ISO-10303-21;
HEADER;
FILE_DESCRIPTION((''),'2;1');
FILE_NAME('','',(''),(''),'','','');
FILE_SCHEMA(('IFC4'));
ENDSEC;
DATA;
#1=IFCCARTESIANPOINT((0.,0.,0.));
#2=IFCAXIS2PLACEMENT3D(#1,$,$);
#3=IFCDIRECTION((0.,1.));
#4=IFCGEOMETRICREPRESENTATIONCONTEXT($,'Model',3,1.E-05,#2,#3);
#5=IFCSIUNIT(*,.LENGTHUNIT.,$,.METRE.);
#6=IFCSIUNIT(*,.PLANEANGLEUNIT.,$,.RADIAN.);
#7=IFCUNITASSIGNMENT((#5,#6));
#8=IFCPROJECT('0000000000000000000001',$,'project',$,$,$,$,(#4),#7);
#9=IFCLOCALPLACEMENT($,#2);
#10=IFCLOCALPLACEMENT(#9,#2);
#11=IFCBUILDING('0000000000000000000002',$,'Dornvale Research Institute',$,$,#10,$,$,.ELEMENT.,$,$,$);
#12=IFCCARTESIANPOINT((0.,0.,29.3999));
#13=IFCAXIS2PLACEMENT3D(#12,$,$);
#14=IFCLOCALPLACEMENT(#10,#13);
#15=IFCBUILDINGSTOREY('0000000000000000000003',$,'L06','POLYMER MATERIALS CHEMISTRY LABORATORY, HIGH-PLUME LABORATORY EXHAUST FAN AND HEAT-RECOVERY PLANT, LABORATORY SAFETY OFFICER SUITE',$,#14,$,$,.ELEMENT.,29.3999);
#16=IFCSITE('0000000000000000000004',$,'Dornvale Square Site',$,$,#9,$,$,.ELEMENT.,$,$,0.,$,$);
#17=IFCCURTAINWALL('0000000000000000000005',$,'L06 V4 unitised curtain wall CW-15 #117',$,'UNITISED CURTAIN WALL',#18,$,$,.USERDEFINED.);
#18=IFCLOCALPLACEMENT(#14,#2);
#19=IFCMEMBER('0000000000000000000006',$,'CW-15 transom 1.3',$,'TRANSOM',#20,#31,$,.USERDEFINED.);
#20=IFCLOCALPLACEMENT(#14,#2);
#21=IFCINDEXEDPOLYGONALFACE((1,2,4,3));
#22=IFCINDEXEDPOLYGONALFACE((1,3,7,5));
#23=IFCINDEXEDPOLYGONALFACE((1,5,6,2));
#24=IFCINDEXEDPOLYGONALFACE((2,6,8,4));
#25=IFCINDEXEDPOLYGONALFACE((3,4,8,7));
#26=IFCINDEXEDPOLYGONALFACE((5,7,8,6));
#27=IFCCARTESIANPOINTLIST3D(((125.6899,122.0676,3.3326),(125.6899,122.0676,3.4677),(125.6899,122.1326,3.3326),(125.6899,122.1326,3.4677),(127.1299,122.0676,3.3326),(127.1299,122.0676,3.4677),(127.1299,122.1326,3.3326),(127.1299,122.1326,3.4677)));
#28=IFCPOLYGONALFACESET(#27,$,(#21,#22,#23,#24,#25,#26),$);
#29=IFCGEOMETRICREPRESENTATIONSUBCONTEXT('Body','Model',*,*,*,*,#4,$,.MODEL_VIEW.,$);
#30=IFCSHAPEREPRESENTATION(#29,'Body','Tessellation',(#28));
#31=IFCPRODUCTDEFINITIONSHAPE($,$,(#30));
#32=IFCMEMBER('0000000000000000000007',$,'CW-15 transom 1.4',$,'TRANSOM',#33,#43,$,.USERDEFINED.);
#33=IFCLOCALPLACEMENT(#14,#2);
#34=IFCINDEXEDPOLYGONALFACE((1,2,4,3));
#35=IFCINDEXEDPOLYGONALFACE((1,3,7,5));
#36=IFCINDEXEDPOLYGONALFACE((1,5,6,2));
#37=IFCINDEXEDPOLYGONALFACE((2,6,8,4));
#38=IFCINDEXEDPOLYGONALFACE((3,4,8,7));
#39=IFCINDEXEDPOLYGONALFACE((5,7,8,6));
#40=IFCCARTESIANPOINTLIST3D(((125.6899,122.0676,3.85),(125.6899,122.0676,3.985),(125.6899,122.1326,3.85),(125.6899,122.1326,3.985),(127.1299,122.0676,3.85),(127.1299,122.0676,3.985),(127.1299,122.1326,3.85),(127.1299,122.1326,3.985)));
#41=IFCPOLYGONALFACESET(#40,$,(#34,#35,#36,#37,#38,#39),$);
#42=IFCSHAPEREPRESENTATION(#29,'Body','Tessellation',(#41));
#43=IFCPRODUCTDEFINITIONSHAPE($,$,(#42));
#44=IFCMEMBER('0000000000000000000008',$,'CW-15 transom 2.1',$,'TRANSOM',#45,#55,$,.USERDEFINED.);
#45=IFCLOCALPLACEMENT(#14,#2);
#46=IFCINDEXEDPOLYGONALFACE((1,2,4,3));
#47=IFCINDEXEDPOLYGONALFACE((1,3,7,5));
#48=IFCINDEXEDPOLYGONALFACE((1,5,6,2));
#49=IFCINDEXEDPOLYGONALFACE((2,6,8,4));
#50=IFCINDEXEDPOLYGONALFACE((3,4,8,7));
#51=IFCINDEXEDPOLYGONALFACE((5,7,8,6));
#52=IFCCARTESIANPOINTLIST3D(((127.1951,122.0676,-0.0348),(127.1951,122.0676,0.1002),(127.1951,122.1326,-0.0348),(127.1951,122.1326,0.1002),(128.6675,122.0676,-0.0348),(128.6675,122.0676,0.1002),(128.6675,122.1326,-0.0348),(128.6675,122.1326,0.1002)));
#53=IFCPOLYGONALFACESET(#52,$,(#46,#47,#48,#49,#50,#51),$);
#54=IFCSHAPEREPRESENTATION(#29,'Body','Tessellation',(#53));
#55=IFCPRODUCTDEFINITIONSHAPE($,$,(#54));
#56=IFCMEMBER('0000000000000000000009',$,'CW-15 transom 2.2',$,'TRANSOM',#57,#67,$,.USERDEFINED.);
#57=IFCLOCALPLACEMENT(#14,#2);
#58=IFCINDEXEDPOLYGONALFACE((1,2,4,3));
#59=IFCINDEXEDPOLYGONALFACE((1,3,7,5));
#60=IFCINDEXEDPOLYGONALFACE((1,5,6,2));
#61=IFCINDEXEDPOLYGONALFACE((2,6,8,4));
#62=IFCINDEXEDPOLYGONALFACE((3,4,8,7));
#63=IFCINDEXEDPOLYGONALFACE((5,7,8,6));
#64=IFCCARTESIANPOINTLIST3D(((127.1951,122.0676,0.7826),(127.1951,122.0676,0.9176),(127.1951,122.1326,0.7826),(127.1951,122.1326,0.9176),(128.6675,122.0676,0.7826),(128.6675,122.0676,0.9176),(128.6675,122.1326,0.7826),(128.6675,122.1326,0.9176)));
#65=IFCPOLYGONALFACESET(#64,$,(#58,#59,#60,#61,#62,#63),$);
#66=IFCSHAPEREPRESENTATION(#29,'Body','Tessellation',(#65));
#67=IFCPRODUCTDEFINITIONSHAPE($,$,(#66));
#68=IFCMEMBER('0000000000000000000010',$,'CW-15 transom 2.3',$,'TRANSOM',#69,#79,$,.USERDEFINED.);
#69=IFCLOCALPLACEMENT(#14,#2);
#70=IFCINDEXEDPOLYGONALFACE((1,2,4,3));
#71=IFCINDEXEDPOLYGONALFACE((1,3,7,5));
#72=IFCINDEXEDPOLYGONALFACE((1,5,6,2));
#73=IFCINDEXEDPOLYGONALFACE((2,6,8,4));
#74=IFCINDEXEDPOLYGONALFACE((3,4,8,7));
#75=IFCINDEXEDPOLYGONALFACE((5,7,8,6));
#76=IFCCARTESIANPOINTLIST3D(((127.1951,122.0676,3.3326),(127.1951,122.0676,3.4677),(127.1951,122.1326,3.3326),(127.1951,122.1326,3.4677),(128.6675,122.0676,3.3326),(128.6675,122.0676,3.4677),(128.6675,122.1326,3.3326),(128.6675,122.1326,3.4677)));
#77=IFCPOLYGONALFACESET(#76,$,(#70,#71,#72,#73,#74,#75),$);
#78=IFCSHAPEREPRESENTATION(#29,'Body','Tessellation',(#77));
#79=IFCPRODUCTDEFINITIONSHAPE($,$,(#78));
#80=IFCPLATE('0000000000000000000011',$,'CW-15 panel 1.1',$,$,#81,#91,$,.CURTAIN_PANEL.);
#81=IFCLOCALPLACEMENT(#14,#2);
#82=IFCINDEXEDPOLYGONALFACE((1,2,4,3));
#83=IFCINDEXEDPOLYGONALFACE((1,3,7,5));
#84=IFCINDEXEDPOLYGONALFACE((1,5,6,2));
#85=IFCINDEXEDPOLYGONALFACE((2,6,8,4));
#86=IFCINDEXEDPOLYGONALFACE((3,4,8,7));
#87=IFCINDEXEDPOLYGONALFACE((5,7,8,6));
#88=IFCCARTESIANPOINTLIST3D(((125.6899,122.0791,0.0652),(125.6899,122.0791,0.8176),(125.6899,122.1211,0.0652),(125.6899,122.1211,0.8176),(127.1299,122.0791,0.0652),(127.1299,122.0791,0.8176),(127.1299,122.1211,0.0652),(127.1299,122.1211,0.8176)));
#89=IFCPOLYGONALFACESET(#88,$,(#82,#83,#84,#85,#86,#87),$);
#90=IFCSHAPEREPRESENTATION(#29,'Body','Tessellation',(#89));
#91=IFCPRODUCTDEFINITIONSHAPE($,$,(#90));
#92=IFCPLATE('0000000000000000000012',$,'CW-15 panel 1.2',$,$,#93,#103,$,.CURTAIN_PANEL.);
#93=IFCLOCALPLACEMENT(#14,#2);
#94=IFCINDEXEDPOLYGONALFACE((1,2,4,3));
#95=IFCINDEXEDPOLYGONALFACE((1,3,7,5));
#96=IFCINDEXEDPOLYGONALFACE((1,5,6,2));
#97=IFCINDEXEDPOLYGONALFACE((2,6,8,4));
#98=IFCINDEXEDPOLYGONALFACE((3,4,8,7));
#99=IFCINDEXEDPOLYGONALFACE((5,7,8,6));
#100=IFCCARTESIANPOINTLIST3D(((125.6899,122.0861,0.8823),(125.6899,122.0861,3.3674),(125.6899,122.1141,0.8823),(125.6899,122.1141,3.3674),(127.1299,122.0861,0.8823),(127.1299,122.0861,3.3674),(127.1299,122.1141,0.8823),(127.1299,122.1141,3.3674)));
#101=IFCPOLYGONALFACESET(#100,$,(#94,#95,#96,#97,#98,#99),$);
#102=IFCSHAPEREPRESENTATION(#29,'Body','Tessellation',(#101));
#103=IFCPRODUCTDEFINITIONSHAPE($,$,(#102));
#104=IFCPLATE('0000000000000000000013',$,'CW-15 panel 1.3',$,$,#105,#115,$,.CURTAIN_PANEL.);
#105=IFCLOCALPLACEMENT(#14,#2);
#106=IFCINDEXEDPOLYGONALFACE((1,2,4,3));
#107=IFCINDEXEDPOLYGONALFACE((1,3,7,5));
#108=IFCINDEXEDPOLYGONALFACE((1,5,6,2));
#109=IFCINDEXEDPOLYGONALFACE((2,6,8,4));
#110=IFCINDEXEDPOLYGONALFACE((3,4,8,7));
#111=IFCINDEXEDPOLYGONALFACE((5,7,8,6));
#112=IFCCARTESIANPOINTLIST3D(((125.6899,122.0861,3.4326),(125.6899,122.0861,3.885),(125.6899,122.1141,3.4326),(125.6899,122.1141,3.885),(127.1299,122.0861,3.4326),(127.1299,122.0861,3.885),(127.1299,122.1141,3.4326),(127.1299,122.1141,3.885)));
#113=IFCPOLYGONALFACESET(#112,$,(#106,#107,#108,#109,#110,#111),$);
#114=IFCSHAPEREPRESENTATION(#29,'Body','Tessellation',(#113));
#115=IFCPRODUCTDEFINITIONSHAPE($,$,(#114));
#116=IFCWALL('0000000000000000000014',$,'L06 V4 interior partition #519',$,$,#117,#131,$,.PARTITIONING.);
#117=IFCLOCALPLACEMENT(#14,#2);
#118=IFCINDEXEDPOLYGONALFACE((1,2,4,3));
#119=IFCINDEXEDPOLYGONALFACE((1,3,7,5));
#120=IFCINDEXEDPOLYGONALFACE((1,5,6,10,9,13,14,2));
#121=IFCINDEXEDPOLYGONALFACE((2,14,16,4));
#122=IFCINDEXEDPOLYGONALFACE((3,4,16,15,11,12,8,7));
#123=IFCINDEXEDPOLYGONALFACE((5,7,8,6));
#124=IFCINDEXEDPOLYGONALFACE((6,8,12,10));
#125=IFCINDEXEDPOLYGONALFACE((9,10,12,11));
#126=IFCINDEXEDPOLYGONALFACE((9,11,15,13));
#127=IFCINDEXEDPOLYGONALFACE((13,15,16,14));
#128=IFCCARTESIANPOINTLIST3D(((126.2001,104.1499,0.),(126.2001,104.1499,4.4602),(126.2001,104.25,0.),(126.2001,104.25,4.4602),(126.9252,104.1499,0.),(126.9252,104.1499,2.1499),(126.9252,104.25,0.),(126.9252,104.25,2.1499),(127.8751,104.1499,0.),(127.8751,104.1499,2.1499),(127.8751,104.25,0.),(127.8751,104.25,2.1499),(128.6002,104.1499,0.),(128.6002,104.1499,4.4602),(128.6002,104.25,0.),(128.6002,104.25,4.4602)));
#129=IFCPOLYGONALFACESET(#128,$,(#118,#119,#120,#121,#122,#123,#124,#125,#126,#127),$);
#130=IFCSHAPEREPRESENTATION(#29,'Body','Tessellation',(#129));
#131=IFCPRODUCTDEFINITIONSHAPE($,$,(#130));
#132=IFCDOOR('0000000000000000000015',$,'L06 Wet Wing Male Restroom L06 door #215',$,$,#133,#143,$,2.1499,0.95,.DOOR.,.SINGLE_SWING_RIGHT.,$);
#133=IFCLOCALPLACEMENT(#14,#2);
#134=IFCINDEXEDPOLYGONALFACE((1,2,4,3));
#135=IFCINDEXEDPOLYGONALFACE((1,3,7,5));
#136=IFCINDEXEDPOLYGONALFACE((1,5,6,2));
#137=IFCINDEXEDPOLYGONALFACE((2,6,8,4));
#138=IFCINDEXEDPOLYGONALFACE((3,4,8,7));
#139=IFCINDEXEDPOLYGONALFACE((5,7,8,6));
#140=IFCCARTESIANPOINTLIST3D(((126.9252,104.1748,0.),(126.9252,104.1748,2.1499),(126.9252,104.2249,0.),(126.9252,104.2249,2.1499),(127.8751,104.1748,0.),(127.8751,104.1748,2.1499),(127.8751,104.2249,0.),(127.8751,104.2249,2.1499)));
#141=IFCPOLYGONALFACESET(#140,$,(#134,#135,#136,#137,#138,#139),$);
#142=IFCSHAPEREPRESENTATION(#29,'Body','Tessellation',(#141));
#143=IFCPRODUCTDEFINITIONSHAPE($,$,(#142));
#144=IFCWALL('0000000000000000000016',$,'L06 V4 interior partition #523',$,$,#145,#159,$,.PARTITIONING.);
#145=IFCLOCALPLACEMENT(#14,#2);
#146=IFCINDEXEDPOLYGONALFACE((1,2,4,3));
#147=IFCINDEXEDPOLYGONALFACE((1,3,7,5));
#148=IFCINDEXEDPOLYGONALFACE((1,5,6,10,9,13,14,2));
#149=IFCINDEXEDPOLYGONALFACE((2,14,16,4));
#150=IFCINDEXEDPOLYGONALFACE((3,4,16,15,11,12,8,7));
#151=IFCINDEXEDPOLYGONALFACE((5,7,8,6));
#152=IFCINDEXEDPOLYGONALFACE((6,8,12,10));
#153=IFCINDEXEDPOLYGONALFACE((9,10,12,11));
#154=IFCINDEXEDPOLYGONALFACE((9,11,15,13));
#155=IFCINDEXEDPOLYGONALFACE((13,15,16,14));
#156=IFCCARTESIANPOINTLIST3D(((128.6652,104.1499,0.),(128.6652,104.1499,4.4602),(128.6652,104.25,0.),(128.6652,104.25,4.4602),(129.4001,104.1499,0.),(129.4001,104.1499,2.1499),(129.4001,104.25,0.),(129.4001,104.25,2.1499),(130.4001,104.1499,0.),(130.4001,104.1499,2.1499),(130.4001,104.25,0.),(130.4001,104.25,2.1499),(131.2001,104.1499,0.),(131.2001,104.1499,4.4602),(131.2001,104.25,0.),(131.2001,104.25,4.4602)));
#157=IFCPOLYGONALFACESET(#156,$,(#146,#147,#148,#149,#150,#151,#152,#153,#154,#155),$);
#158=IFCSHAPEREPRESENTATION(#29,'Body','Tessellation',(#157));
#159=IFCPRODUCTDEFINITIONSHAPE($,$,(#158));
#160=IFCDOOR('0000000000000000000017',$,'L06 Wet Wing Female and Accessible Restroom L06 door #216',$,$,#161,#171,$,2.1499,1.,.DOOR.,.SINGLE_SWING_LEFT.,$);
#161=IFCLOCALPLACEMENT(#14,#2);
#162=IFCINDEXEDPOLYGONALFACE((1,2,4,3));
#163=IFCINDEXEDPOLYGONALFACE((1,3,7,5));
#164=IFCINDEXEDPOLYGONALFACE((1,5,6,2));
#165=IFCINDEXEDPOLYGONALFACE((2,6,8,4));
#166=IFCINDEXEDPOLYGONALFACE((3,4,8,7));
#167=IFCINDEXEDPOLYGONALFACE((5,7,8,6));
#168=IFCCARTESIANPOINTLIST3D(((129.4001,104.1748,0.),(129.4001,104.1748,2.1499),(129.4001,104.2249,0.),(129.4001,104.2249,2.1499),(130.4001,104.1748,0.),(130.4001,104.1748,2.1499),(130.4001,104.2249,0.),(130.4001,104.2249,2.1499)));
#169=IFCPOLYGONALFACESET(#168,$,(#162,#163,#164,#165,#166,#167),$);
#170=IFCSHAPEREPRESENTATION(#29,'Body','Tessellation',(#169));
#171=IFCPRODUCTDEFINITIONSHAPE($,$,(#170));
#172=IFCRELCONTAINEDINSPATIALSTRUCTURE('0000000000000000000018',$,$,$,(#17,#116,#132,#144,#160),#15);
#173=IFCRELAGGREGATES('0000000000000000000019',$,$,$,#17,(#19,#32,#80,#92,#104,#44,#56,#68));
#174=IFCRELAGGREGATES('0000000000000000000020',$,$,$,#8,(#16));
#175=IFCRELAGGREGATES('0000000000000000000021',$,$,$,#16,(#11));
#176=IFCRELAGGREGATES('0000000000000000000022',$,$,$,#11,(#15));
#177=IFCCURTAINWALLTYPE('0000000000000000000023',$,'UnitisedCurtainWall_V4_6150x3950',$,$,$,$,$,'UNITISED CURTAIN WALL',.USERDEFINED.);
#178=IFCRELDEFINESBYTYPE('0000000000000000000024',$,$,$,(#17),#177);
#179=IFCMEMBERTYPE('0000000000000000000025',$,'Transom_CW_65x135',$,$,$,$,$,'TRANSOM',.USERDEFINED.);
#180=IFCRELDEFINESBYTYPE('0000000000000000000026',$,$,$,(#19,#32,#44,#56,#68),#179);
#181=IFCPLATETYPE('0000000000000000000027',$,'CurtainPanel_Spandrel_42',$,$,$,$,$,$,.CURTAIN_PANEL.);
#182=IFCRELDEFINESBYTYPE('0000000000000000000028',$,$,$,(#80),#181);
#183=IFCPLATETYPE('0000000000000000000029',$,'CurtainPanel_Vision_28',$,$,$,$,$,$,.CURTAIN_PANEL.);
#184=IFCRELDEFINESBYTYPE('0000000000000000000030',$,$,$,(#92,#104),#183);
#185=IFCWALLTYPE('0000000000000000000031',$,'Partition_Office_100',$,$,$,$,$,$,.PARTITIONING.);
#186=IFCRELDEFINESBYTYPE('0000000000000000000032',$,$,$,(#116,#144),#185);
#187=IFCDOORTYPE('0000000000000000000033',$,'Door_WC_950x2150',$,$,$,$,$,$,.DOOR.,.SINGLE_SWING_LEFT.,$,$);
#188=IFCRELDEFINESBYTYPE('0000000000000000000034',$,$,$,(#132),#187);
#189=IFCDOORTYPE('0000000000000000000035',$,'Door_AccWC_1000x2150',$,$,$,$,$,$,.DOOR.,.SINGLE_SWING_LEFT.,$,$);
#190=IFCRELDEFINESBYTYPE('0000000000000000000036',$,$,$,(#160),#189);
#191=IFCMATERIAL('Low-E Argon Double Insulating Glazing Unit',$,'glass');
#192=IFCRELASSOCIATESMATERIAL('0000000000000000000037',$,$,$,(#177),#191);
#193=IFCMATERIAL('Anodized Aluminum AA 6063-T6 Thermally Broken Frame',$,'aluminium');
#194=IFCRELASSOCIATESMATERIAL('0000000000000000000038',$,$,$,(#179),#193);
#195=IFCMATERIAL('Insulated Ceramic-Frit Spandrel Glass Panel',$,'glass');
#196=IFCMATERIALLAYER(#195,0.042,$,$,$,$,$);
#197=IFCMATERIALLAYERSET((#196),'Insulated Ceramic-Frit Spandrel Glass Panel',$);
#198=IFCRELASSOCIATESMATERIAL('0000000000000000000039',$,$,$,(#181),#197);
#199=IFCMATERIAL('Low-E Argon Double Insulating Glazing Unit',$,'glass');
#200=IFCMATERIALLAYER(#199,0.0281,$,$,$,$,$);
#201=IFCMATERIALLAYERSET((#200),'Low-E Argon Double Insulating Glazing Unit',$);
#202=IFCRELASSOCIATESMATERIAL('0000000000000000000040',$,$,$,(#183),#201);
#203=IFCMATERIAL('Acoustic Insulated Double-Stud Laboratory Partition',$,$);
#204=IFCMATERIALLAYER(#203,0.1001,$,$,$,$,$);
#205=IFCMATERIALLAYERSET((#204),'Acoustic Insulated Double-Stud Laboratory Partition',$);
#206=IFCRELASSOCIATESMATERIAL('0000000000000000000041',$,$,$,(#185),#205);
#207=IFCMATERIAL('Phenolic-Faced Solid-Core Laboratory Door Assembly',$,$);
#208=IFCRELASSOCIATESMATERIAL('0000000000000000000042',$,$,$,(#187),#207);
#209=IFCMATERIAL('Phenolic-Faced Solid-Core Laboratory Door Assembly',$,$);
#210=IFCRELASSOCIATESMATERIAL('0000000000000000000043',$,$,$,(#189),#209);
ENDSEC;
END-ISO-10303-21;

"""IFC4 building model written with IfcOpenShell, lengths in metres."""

from ifc_helpers import new_model, si_unit, direction, frame, frame_2d, origin, origin_2d, place, context, subcontext, project, spatial, rectangle, extrude, material, layer, layer_set, material_profile, profile_set, type_object, element, fill, aggregate, save


model = new_model("IFC4")

# Units and contexts
model_context = context("Model", 3, precision=1e-05, world=origin(), true_north=direction((0.0, 1.0)))
body_context = subcontext(model_context, "Body", "Model", "MODEL_VIEW")
ifc_project = project(units=[si_unit("LENGTHUNIT", "METRE"), si_unit("PLANEANGLEUNIT", "RADIAN")], contexts=[model_context])

# Site, building, storey
site_placement = place(None, origin())
site = spatial("IfcSite", under=ifc_project, at=site_placement, Name="Dornvale Square Site", CompositionType="ELEMENT", RefElevation=0.0)
building_placement = place(site_placement, origin())
building = spatial("IfcBuilding", under=site, at=building_placement, Name="Dornvale Research Institute", CompositionType="ELEMENT")
storey_placement = place(building_placement, frame((0.0, 0.0, 29.3999)))
storey = spatial("IfcBuildingStorey", under=building, at=storey_placement, Name="L06", Description="POLYMER MATERIALS CHEMISTRY LABORATORY, HIGH-PLUME LABORATORY EXHAUST FAN AND HEAT-RECOVERY PLANT, LABORATORY SAFETY OFFICER SUITE", CompositionType="ELEMENT", Elevation=29.3999)

# Curtain wall
ifc_material_1 = material(Name="Low-E Argon Double Insulating Glazing Unit", Category="glass")
curtain_wall_type = type_object("IfcCurtainWallType", Name="UnitisedCurtainWall_V4_6150x3950", ElementType="UNITISED CURTAIN WALL", PredefinedType="USERDEFINED", material=ifc_material_1)
curtain_wall_placement = place(storey_placement, origin())
curtain_wall = element("IfcCurtainWall", 1, at=curtain_wall_placement, inside=storey, type_object=curtain_wall_type, Name="L06 V4 unitised curtain wall CW-15 #117", ObjectType="UNITISED CURTAIN WALL", PredefinedType="USERDEFINED")

# Members
ifc_material_2 = material(Name="Anodized Aluminum AA 6063-T6 Thermally Broken Frame", Category="aluminium")
ifc_material_profile_1 = material_profile(ifc_material_2, rectangle(XDim=0.0649, YDim=0.135, at=origin_2d()), Name="ALU TRANSOM 65x135")
ifc_profile_set_1 = profile_set([ifc_material_profile_1], Name="Anodized Aluminum AA 6063-T6 Thermally Broken Frame")
member_type_1 = type_object("IfcMemberType", Name="Transom_CW_65x135", ElementType="TRANSOM", PredefinedType="USERDEFINED", material=ifc_profile_set_1)
member_1_placement = place(storey_placement, frame((125.6899, 122.1001, 3.4001), z_axis=(1.0, 0.0, 0.0), x_axis=(0.0, 1.0, 0.0)))
member_1 = element("IfcMember", 2, at=member_1_placement, type_object=member_type_1, Name="CW-15 transom 1.3", ObjectType="TRANSOM", PredefinedType="USERDEFINED", context=body_context, shape_type="SweptSolid", body=[
    extrude(rectangle(XDim=0.0649, YDim=0.135, at=origin_2d()), origin(), (0.0, 0.0, 1.0), 1.4399),
])
member_2_placement = place(storey_placement, frame((125.6899, 122.1001, 3.9175), z_axis=(1.0, 0.0, 0.0), x_axis=(0.0, 1.0, 0.0)))
member_2 = element("IfcMember", 3, at=member_2_placement, type_object=member_type_1, Name="CW-15 transom 1.4", ObjectType="TRANSOM", PredefinedType="USERDEFINED", context=body_context, shape_type="SweptSolid", body=[
    extrude(rectangle(XDim=0.0649, YDim=0.135, at=origin_2d()), origin(), (0.0, 0.0, 1.0), 1.4399),
])
member_3_placement = place(storey_placement, frame((127.1951, 122.1001, 0.0327), z_axis=(1.0, 0.0, 0.0), x_axis=(0.0, 1.0, 0.0)))
member_3 = element("IfcMember", 4, at=member_3_placement, type_object=member_type_1, Name="CW-15 transom 2.1", ObjectType="TRANSOM", PredefinedType="USERDEFINED", context=body_context, shape_type="SweptSolid", body=[
    extrude(rectangle(XDim=0.0649, YDim=0.135, at=origin_2d()), origin(), (0.0, 0.0, 1.0), 1.4724),
])
member_4_placement = place(storey_placement, frame((127.1951, 122.1001, 0.8501), z_axis=(1.0, 0.0, 0.0), x_axis=(0.0, 1.0, 0.0)))
member_4 = element("IfcMember", 5, at=member_4_placement, type_object=member_type_1, Name="CW-15 transom 2.2", ObjectType="TRANSOM", PredefinedType="USERDEFINED", context=body_context, shape_type="SweptSolid", body=[
    extrude(rectangle(XDim=0.0649, YDim=0.135, at=origin_2d()), origin(), (0.0, 0.0, 1.0), 1.4724),
])
member_5_placement = place(storey_placement, frame((127.1951, 122.1001, 3.4001), z_axis=(1.0, 0.0, 0.0), x_axis=(0.0, 1.0, 0.0)))
member_5 = element("IfcMember", 6, at=member_5_placement, type_object=member_type_1, Name="CW-15 transom 2.3", ObjectType="TRANSOM", PredefinedType="USERDEFINED", context=body_context, shape_type="SweptSolid", body=[
    extrude(rectangle(XDim=0.0649, YDim=0.135, at=origin_2d()), origin(), (0.0, 0.0, 1.0), 1.4724),
])

# Plates
ifc_material_3 = material(Name="Insulated Ceramic-Frit Spandrel Glass Panel", Category="glass")
ifc_layer_1 = layer(ifc_material_3, 0.042)
ifc_layer_set_1 = layer_set([ifc_layer_1], Name="Insulated Ceramic-Frit Spandrel Glass Panel")
plate_type_1 = type_object("IfcPlateType", Name="CurtainPanel_Spandrel_42", PredefinedType="CURTAIN_PANEL", material=ifc_layer_set_1)
plate_1_placement = place(storey_placement, frame((126.4099, 122.1001, 0.0652), z_axis=(0.0, 0.0, 1.0), x_axis=(1.0, 0.0, 0.0)))
plate_1 = element("IfcPlate", 7, at=plate_1_placement, type_object=plate_type_1, Name="CW-15 panel 1.1", PredefinedType="CURTAIN_PANEL", context=body_context, shape_type="SweptSolid", body=[
    extrude(rectangle(XDim=1.4399, YDim=0.042, at=origin_2d()), origin(), (0.0, 0.0, 1.0), 0.7524),
])
ifc_material_4 = material(Name="Low-E Argon Double Insulating Glazing Unit", Category="glass")
ifc_layer_2 = layer(ifc_material_4, 0.0281)
ifc_layer_set_2 = layer_set([ifc_layer_2], Name="Low-E Argon Double Insulating Glazing Unit")
plate_type_2 = type_object("IfcPlateType", Name="CurtainPanel_Vision_28", PredefinedType="CURTAIN_PANEL", material=ifc_layer_set_2)
plate_2_placement = place(storey_placement, frame((126.4099, 122.1001, 0.8823), z_axis=(0.0, 0.0, 1.0), x_axis=(1.0, 0.0, 0.0)))
plate_2 = element("IfcPlate", 8, at=plate_2_placement, type_object=plate_type_2, Name="CW-15 panel 1.2", PredefinedType="CURTAIN_PANEL", context=body_context, shape_type="SweptSolid", body=[
    extrude(rectangle(XDim=1.4399, YDim=0.0281, at=origin_2d()), origin(), (0.0, 0.0, 1.0), 2.4851),
])
plate_3_placement = place(storey_placement, frame((126.4099, 122.1001, 3.4326), z_axis=(0.0, 0.0, 1.0), x_axis=(1.0, 0.0, 0.0)))
plate_3 = element("IfcPlate", 9, at=plate_3_placement, type_object=plate_type_2, Name="CW-15 panel 1.3", PredefinedType="CURTAIN_PANEL", context=body_context, shape_type="SweptSolid", body=[
    extrude(rectangle(XDim=1.4399, YDim=0.0281, at=origin_2d()), origin(), (0.0, 0.0, 1.0), 0.4524),
])
aggregate(curtain_wall, [member_1, member_2, plate_1, plate_2, plate_3, member_3, member_4, member_5])

# Walls, openings, doors
ifc_material_5 = material(Name="Acoustic Insulated Double-Stud Laboratory Partition")
ifc_layer_3 = layer(ifc_material_5, 0.1001)
ifc_layer_set_3 = layer_set([ifc_layer_3], Name="Acoustic Insulated Double-Stud Laboratory Partition")
wall_type = type_object("IfcWallType", Name="Partition_Office_100", PredefinedType="PARTITIONING", material=ifc_layer_set_3)
wall_1_placement = place(storey_placement, frame((126.2, 104.2, 0.0), z_axis=(0.0, 0.0, 1.0), x_axis=(1.0, 0.0, 0.0)))
wall_1 = element("IfcWall", 10, at=wall_1_placement, inside=storey, type_object=wall_type, Name="L06 V4 interior partition #519", PredefinedType="PARTITIONING", context=body_context, shape_type="SweptSolid", body=[
    extrude(rectangle(XDim=2.4001, YDim=0.1001, at=frame_2d((1.2002, 0.0))), origin(), (0.0, 0.0, 1.0), 4.4602),
])
opening_1_placement = place(wall_1_placement, frame((0.7251, 0.0, 0.0)))
opening_1 = element("IfcOpeningElement", 11, at=opening_1_placement, cuts=wall_1, PredefinedType="OPENING", context=body_context, shape_type="SweptSolid", body=[
    extrude(rectangle(XDim=0.95, YDim=2.1499, at=frame_2d((0.4751, 1.075))), frame((0.0, 0.0649, 0.0), z_axis=(0.0, -1.0, 0.0), x_axis=(1.0, 0.0, 0.0)), (0.0, 0.0, 1.0), 0.1301),
])
ifc_material_6 = material(Name="Phenolic-Faced Solid-Core Laboratory Door Assembly")
door_type_1 = type_object("IfcDoorType", Name="Door_WC_950x2150", OperationType="SINGLE_SWING_LEFT", PredefinedType="DOOR", material=ifc_material_6)
door_1_placement = place(opening_1_placement, origin())
door_1 = element("IfcDoor", 12, at=door_1_placement, inside=storey, type_object=door_type_1, Name="L06 Wet Wing Male Restroom L06 door #215", OperationType="SINGLE_SWING_RIGHT", OverallHeight=2.1499, OverallWidth=0.95, PredefinedType="DOOR", context=body_context, shape_type="SweptSolid", body=[
    extrude(rectangle(XDim=0.95, YDim=2.1499, at=frame_2d((0.4751, 1.075))), frame((0.0, 0.0249, 0.0), z_axis=(0.0, -1.0, 0.0), x_axis=(1.0, 0.0, 0.0)), (0.0, 0.0, 1.0), 0.05),
])
fill(opening_1, door_1)
wall_2_placement = place(storey_placement, frame((128.665, 104.2, 0.0), z_axis=(0.0, 0.0, 1.0), x_axis=(1.0, 0.0, 0.0)))
wall_2 = element("IfcWall", 13, at=wall_2_placement, inside=storey, type_object=wall_type, Name="L06 V4 interior partition #523", PredefinedType="PARTITIONING", context=body_context, shape_type="SweptSolid", body=[
    extrude(rectangle(XDim=2.5349, YDim=0.1001, at=frame_2d((1.2676, 0.0))), origin(), (0.0, 0.0, 1.0), 4.4602),
])
opening_2_placement = place(wall_2_placement, frame((0.7351, 0.0, 0.0)))
opening_2 = element("IfcOpeningElement", 14, at=opening_2_placement, cuts=wall_2, PredefinedType="OPENING", context=body_context, shape_type="SweptSolid", body=[
    extrude(rectangle(XDim=1.0, YDim=2.1499, at=frame_2d((0.5, 1.075))), frame((0.0, 0.0649, 0.0), z_axis=(0.0, -1.0, 0.0), x_axis=(1.0, 0.0, 0.0)), (0.0, 0.0, 1.0), 0.1301),
])
ifc_material_7 = material(Name="Phenolic-Faced Solid-Core Laboratory Door Assembly")
door_type_2 = type_object("IfcDoorType", Name="Door_AccWC_1000x2150", OperationType="SINGLE_SWING_LEFT", PredefinedType="DOOR", material=ifc_material_7)
door_2_placement = place(opening_2_placement, origin())
door_2 = element("IfcDoor", 15, at=door_2_placement, inside=storey, type_object=door_type_2, Name="L06 Wet Wing Female and Accessible Restroom L06 door #216", OperationType="SINGLE_SWING_LEFT", OverallHeight=2.1499, OverallWidth=1.0, PredefinedType="DOOR", context=body_context, shape_type="SweptSolid", body=[
    extrude(rectangle(XDim=1.0, YDim=2.1499, at=frame_2d((0.5, 1.075))), frame((0.0, 0.0249, 0.0), z_axis=(0.0, -1.0, 0.0), x_axis=(1.0, 0.0, 0.0)), (0.0, 0.0, 1.0), 0.05),
])
fill(opening_2, door_2)

save(model, "model.ifc")
